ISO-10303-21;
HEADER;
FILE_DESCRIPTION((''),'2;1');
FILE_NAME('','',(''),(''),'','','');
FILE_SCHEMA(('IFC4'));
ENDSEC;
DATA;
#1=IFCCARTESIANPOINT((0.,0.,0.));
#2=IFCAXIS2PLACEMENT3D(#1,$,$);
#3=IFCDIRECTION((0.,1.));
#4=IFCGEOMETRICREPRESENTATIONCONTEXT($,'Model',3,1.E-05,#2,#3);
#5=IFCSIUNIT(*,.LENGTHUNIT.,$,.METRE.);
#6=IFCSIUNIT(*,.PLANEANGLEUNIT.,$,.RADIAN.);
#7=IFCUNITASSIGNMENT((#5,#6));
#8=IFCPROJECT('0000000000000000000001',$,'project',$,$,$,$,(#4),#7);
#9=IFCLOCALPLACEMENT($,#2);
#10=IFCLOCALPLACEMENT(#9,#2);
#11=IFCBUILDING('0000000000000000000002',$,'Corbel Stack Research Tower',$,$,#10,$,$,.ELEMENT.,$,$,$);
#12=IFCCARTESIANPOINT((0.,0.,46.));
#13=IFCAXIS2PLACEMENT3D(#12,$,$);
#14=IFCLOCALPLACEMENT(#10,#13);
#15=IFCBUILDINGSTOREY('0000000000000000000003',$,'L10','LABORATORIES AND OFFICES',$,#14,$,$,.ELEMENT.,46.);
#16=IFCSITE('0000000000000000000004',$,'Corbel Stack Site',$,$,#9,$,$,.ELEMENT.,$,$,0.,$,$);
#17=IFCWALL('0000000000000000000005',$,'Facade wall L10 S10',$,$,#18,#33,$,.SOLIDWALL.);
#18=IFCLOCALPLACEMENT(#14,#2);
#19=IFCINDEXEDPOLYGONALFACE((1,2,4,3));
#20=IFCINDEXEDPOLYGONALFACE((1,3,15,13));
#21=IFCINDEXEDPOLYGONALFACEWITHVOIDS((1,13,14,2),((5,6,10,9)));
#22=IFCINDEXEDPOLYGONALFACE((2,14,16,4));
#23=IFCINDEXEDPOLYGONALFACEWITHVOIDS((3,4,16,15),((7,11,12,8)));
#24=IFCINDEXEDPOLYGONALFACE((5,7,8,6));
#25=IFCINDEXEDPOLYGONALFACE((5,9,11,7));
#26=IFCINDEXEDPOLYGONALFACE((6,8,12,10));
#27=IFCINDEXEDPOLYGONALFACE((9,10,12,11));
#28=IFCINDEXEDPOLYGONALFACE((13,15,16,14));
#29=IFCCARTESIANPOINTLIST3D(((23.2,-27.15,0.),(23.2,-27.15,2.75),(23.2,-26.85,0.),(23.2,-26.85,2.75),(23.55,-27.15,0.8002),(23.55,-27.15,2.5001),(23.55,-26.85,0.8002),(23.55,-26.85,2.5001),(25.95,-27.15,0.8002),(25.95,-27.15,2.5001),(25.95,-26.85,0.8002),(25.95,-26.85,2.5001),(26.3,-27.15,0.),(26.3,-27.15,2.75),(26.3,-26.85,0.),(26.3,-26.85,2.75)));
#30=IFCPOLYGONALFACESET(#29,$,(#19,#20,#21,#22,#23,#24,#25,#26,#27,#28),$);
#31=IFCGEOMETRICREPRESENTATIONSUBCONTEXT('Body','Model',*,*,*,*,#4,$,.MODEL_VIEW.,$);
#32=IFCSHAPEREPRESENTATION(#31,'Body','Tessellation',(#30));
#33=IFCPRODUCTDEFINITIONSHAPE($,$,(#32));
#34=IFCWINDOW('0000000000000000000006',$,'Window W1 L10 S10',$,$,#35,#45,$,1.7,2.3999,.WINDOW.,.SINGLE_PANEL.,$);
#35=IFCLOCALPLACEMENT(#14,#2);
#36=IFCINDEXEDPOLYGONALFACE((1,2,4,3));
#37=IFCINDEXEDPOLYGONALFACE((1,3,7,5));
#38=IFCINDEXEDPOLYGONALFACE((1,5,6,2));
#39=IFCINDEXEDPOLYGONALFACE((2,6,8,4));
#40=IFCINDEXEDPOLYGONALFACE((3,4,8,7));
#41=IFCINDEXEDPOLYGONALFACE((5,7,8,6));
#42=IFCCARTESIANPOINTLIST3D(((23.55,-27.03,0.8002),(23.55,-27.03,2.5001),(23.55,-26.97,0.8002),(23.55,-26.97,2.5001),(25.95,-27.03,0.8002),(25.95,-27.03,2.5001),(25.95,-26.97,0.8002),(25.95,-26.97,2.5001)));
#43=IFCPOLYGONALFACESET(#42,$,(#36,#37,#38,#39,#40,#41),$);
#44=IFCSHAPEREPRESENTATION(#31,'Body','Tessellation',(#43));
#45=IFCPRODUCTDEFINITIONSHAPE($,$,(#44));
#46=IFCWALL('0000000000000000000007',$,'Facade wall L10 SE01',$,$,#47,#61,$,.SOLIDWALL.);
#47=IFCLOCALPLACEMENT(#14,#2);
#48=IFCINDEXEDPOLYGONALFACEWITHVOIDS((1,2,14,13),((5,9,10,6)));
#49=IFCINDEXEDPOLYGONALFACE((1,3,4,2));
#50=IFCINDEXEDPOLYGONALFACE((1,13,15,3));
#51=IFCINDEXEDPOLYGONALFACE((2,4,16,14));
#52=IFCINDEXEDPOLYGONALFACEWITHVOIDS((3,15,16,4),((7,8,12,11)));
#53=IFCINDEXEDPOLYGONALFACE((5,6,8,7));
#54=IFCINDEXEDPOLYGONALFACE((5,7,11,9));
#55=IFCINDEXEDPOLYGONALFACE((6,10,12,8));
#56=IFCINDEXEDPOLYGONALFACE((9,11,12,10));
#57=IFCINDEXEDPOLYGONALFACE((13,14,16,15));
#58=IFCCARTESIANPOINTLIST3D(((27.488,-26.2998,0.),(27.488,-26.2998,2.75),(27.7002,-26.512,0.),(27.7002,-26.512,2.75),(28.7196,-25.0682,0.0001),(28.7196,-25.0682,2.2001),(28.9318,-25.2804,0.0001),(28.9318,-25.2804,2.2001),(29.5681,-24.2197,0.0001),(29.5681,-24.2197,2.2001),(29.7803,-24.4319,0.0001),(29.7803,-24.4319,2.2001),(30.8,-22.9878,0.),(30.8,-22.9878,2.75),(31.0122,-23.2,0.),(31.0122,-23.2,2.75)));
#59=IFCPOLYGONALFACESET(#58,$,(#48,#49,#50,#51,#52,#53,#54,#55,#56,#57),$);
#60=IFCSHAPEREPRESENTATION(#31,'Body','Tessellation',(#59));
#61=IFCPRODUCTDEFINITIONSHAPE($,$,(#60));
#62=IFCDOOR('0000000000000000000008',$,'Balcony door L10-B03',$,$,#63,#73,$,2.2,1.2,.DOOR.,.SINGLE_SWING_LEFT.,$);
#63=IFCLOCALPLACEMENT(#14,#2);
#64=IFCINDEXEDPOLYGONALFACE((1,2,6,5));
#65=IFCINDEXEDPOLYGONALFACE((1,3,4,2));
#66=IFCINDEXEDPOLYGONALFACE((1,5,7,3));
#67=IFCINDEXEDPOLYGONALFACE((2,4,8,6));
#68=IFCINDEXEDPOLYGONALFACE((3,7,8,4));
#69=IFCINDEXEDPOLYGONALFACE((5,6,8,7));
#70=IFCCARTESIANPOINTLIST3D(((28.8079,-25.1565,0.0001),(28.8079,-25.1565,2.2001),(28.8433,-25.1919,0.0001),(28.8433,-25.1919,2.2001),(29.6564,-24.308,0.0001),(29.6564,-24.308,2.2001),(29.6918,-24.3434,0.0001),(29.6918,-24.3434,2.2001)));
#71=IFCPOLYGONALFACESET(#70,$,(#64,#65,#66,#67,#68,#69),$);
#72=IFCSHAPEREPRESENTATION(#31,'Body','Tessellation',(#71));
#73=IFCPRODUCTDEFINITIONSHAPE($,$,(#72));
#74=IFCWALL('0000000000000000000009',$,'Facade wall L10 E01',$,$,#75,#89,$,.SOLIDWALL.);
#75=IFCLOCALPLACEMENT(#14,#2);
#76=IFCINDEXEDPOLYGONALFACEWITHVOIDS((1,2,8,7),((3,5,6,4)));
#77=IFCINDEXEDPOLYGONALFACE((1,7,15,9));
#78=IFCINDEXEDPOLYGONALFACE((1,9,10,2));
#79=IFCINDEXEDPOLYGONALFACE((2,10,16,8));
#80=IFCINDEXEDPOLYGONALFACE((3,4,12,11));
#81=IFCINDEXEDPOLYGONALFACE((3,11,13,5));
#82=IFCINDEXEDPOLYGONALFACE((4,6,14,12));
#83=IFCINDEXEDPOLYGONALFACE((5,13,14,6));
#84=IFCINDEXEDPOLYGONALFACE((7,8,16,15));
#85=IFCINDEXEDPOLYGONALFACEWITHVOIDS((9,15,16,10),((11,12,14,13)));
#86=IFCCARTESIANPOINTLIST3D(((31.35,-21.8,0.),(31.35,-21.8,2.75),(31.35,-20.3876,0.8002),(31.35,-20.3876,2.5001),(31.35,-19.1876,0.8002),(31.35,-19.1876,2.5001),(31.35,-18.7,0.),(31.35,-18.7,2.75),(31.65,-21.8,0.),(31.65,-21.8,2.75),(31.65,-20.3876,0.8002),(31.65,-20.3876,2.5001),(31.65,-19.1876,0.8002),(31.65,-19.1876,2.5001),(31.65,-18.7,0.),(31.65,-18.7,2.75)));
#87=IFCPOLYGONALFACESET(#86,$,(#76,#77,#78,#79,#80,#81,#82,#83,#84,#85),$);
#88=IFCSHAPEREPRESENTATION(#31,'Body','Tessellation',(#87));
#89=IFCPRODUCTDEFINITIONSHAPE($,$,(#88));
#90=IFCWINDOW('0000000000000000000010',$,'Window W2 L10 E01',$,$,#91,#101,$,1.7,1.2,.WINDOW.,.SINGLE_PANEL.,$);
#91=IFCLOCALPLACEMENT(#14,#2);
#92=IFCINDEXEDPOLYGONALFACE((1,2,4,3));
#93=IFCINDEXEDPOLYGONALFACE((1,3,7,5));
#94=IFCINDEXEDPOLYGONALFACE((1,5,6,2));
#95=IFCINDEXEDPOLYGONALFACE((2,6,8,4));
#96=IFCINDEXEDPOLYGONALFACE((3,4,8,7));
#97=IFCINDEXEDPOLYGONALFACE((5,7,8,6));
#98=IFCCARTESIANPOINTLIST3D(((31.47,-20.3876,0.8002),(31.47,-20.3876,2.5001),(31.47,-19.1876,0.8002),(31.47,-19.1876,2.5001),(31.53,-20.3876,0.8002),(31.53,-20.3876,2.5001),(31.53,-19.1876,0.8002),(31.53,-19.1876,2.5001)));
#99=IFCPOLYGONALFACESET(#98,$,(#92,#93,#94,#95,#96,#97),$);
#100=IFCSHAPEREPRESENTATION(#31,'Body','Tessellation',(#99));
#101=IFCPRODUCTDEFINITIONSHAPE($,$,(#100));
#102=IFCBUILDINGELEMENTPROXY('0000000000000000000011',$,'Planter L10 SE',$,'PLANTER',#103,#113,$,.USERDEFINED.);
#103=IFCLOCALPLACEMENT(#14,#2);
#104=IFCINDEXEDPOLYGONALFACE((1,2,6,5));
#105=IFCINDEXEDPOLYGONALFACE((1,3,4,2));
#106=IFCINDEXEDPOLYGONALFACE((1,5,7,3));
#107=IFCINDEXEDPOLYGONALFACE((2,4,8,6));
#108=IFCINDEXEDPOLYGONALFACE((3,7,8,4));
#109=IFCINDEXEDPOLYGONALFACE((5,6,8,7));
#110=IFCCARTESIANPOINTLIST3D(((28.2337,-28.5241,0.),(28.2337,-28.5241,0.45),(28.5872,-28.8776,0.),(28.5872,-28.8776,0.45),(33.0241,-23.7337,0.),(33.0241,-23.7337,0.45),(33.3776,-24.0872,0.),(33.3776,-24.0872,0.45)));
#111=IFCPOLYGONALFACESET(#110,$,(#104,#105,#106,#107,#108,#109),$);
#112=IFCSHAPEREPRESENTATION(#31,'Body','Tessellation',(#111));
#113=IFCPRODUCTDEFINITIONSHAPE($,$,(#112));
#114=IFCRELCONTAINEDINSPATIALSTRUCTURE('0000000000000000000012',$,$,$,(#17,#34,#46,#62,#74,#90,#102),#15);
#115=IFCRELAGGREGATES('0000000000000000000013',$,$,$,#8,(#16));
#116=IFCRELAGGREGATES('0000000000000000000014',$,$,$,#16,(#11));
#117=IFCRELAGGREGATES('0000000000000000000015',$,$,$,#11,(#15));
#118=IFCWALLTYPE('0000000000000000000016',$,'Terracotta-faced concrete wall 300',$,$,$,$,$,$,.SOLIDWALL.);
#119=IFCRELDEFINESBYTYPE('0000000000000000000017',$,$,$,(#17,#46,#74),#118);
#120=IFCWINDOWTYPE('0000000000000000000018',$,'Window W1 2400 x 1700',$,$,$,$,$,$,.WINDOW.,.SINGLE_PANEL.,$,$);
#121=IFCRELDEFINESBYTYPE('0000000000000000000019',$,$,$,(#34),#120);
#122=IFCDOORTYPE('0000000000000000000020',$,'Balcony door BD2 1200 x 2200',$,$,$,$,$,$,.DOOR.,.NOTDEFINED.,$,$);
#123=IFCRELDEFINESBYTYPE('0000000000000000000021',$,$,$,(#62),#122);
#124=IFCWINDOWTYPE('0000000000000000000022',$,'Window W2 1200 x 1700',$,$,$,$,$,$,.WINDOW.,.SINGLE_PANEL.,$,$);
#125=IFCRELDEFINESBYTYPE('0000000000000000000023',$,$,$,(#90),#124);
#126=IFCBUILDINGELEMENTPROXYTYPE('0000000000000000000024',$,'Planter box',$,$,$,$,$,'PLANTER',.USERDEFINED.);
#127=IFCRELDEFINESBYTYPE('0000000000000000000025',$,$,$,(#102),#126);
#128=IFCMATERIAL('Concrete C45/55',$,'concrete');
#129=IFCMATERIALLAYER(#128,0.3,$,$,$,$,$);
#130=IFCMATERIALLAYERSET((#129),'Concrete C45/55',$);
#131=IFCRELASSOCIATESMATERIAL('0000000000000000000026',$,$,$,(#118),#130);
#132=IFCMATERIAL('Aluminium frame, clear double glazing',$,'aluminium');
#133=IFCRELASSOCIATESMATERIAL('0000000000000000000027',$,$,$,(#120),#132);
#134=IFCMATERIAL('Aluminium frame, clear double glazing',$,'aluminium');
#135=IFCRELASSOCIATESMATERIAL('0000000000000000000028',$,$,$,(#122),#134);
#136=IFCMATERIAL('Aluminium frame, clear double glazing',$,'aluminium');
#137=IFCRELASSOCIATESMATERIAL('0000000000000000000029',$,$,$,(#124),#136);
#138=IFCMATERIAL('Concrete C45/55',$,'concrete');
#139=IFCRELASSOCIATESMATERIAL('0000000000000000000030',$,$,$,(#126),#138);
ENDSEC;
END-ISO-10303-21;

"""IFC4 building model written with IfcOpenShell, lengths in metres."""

from ifc_helpers import new_model, si_unit, direction, frame, frame_2d, origin, origin_2d, place, context, subcontext, project, spatial, rectangle, extrude, material, layer, layer_set, type_object, element, fill, save


model = new_model("IFC4")

# Units and contexts
model_context = context("Model", 3, precision=1e-05, world=origin(), true_north=direction((0.0, 1.0)))
body_context = subcontext(model_context, "Body", "Model", "MODEL_VIEW")
ifc_project = project(units=[si_unit("LENGTHUNIT", "METRE"), si_unit("PLANEANGLEUNIT", "RADIAN")], contexts=[model_context])

# Site, building, storey
site_placement = place(None, origin())
site = spatial("IfcSite", under=ifc_project, at=site_placement, Name="Corbel Stack Site", CompositionType="ELEMENT", RefElevation=0.0)
building_placement = place(site_placement, origin())
building = spatial("IfcBuilding", under=site, at=building_placement, Name="Corbel Stack Research Tower", CompositionType="ELEMENT")
storey_placement = place(building_placement, frame((0.0, 0.0, 46.0)))
storey = spatial("IfcBuildingStorey", under=building, at=storey_placement, Name="L10", Description="LABORATORIES AND OFFICES", CompositionType="ELEMENT", Elevation=46.0)

# Shared definitions
ifc_material_1 = material(Name="Concrete C45/55", Category="concrete")
ifc_layer_1 = layer(ifc_material_1, 0.3)
ifc_layer_set_1 = layer_set([ifc_layer_1], Name="Concrete C45/55")
wall_type_1 = type_object("IfcWallType", Name="Terracotta-faced concrete wall 300", PredefinedType="SOLIDWALL", material=ifc_layer_set_1)

# Wall, opening, window
wall_1_placement = place(storey_placement, frame((26.3, -27.0, 0.0), z_axis=(0.0, 0.0, 1.0), x_axis=(-1.0, 0.0, 0.0)))
wall_1 = element("IfcWall", 1, at=wall_1_placement, inside=storey, type_object=wall_type_1, Name="Facade wall L10 S10", PredefinedType="SOLIDWALL", context=body_context, shape_type="SweptSolid", body=[
    extrude(rectangle(XDim=3.1001, YDim=0.3, at=frame_2d((1.55, 0.0))), origin(), (0.0, 0.0, 1.0), 2.75),
])
opening_1_placement = place(wall_1_placement, frame((0.3501, 0.0, 0.8)))
opening_1 = element("IfcOpeningElement", 2, at=opening_1_placement, cuts=wall_1, PredefinedType="OPENING", context=body_context, shape_type="SweptSolid", body=[
    extrude(rectangle(XDim=2.3999, YDim=1.7, at=frame_2d((1.2, 0.8501))), frame((0.0, 0.1599, 0.0), z_axis=(0.0, -1.0, 0.0), x_axis=(1.0, 0.0, 0.0)), (0.0, 0.0, 1.0), 0.3201),
])
ifc_material_2 = material(Name="Aluminium frame, clear double glazing", Category="aluminium")
window_type_1 = type_object("IfcWindowType", Name="Window W1 2400 x 1700", PartitioningType="SINGLE_PANEL", PredefinedType="WINDOW", material=ifc_material_2)
window_1_placement = place(opening_1_placement, origin())
window_1 = element("IfcWindow", 3, at=window_1_placement, inside=storey, type_object=window_type_1, Name="Window W1 L10 S10", OverallHeight=1.7, OverallWidth=2.3999, PartitioningType="SINGLE_PANEL", PredefinedType="WINDOW", context=body_context, shape_type="SweptSolid", body=[
    extrude(rectangle(XDim=2.3999, YDim=1.7, at=frame_2d((1.2, 0.8501))), frame((0.0, 0.03, 0.0), z_axis=(0.0, -1.0, 0.0), x_axis=(1.0, 0.0, 0.0)), (0.0, 0.0, 1.0), 0.0601),
])
fill(opening_1, window_1)

# Wall, opening, door
wall_2_placement = place(storey_placement, frame((30.906, -23.094, 0.0), z_axis=(0.0, 0.0, 1.0), x_axis=(-0.707107, -0.707107, 0.0)))
wall_2 = element("IfcWall", 4, at=wall_2_placement, inside=storey, type_object=wall_type_1, Name="Facade wall L10 SE01", PredefinedType="SOLIDWALL", context=body_context, shape_type="SweptSolid", body=[
    extrude(rectangle(XDim=4.6838, YDim=0.3, at=frame_2d((2.3418, 0.0))), origin(), (0.0, 0.0, 1.0), 2.75),
])
opening_2_placement = place(wall_2_placement, frame((1.7419, 0.0, 0.0)))
opening_2 = element("IfcOpeningElement", 5, at=opening_2_placement, cuts=wall_2, PredefinedType="OPENING", context=body_context, shape_type="SweptSolid", body=[
    extrude(rectangle(XDim=1.2, YDim=2.2, at=frame_2d((0.6001, 1.1001))), frame((0.0, 0.1599, 0.0), z_axis=(0.0, -1.0, 0.0), x_axis=(1.0, 0.0, 0.0)), (0.0, 0.0, 1.0), 0.3201),
])
ifc_material_3 = material(Name="Aluminium frame, clear double glazing", Category="aluminium")
door_type_1 = type_object("IfcDoorType", Name="Balcony door BD2 1200 x 2200", OperationType="NOTDEFINED", PredefinedType="DOOR", material=ifc_material_3)
door_1_placement = place(opening_2_placement, origin())
door_1 = element("IfcDoor", 6, at=door_1_placement, inside=storey, type_object=door_type_1, Name="Balcony door L10-B03", OperationType="SINGLE_SWING_LEFT", OverallHeight=2.2, OverallWidth=1.2, PredefinedType="DOOR", context=body_context, shape_type="SweptSolid", body=[
    extrude(rectangle(XDim=1.2, YDim=2.2, at=frame_2d((0.6001, 1.1001))), frame((0.0, 0.0249, 0.0), z_axis=(0.0, -1.0, 0.0), x_axis=(1.0, 0.0, 0.0)), (0.0, 0.0, 1.0), 0.05),
])
fill(opening_2, door_1)

# Wall, opening, window
wall_3_placement = place(storey_placement, frame((31.5, -18.7, 0.0), z_axis=(0.0, 0.0, 1.0), x_axis=(0.0, -1.0, 0.0)))
wall_3 = element("IfcWall", 7, at=wall_3_placement, inside=storey, type_object=wall_type_1, Name="Facade wall L10 E01", PredefinedType="SOLIDWALL", context=body_context, shape_type="SweptSolid", body=[
    extrude(rectangle(XDim=3.1001, YDim=0.3, at=frame_2d((1.55, 0.0))), origin(), (0.0, 0.0, 1.0), 2.75),
])
opening_3_placement = place(wall_3_placement, frame((0.4875, 0.0, 0.8)))
opening_3 = element("IfcOpeningElement", 8, at=opening_3_placement, cuts=wall_3, PredefinedType="OPENING", context=body_context, shape_type="SweptSolid", body=[
    extrude(rectangle(XDim=1.2, YDim=1.7, at=frame_2d((0.6001, 0.8501))), frame((0.0, 0.1599, 0.0), z_axis=(0.0, -1.0, 0.0), x_axis=(1.0, 0.0, 0.0)), (0.0, 0.0, 1.0), 0.3201),
])
ifc_material_4 = material(Name="Aluminium frame, clear double glazing", Category="aluminium")
window_type_2 = type_object("IfcWindowType", Name="Window W2 1200 x 1700", PartitioningType="SINGLE_PANEL", PredefinedType="WINDOW", material=ifc_material_4)
window_2_placement = place(opening_3_placement, origin())
window_2 = element("IfcWindow", 9, at=window_2_placement, inside=storey, type_object=window_type_2, Name="Window W2 L10 E01", OverallHeight=1.7, OverallWidth=1.2, PartitioningType="SINGLE_PANEL", PredefinedType="WINDOW", context=body_context, shape_type="SweptSolid", body=[
    extrude(rectangle(XDim=1.2, YDim=1.7, at=frame_2d((0.6001, 0.8501))), frame((0.0, 0.03, 0.0), z_axis=(0.0, -1.0, 0.0), x_axis=(1.0, 0.0, 0.0)), (0.0, 0.0, 1.0), 0.0601),
])
fill(opening_3, window_2)

# Building element proxy
ifc_material_5 = material(Name="Concrete C45/55", Category="concrete")
building_element_proxy_type = type_object("IfcBuildingElementProxyType", Name="Planter box", ElementType="PLANTER", PredefinedType="USERDEFINED", material=ifc_material_5)
proxy_placement = place(storey_placement, frame((30.8057, -26.3057, 0.0), z_axis=(0.0, 0.0, 1.0), x_axis=(0.707107, 0.707107, 0.0)))
element("IfcBuildingElementProxy", 10, at=proxy_placement, inside=storey, type_object=building_element_proxy_type, Name="Planter L10 SE", ObjectType="PLANTER", PredefinedType="USERDEFINED", context=body_context, shape_type="SweptSolid", body=[
    extrude(rectangle(XDim=6.7747, YDim=0.5, at=origin_2d()), origin(), (0.0, 0.0, 1.0), 0.45),
])

save(model, "model.ifc")
